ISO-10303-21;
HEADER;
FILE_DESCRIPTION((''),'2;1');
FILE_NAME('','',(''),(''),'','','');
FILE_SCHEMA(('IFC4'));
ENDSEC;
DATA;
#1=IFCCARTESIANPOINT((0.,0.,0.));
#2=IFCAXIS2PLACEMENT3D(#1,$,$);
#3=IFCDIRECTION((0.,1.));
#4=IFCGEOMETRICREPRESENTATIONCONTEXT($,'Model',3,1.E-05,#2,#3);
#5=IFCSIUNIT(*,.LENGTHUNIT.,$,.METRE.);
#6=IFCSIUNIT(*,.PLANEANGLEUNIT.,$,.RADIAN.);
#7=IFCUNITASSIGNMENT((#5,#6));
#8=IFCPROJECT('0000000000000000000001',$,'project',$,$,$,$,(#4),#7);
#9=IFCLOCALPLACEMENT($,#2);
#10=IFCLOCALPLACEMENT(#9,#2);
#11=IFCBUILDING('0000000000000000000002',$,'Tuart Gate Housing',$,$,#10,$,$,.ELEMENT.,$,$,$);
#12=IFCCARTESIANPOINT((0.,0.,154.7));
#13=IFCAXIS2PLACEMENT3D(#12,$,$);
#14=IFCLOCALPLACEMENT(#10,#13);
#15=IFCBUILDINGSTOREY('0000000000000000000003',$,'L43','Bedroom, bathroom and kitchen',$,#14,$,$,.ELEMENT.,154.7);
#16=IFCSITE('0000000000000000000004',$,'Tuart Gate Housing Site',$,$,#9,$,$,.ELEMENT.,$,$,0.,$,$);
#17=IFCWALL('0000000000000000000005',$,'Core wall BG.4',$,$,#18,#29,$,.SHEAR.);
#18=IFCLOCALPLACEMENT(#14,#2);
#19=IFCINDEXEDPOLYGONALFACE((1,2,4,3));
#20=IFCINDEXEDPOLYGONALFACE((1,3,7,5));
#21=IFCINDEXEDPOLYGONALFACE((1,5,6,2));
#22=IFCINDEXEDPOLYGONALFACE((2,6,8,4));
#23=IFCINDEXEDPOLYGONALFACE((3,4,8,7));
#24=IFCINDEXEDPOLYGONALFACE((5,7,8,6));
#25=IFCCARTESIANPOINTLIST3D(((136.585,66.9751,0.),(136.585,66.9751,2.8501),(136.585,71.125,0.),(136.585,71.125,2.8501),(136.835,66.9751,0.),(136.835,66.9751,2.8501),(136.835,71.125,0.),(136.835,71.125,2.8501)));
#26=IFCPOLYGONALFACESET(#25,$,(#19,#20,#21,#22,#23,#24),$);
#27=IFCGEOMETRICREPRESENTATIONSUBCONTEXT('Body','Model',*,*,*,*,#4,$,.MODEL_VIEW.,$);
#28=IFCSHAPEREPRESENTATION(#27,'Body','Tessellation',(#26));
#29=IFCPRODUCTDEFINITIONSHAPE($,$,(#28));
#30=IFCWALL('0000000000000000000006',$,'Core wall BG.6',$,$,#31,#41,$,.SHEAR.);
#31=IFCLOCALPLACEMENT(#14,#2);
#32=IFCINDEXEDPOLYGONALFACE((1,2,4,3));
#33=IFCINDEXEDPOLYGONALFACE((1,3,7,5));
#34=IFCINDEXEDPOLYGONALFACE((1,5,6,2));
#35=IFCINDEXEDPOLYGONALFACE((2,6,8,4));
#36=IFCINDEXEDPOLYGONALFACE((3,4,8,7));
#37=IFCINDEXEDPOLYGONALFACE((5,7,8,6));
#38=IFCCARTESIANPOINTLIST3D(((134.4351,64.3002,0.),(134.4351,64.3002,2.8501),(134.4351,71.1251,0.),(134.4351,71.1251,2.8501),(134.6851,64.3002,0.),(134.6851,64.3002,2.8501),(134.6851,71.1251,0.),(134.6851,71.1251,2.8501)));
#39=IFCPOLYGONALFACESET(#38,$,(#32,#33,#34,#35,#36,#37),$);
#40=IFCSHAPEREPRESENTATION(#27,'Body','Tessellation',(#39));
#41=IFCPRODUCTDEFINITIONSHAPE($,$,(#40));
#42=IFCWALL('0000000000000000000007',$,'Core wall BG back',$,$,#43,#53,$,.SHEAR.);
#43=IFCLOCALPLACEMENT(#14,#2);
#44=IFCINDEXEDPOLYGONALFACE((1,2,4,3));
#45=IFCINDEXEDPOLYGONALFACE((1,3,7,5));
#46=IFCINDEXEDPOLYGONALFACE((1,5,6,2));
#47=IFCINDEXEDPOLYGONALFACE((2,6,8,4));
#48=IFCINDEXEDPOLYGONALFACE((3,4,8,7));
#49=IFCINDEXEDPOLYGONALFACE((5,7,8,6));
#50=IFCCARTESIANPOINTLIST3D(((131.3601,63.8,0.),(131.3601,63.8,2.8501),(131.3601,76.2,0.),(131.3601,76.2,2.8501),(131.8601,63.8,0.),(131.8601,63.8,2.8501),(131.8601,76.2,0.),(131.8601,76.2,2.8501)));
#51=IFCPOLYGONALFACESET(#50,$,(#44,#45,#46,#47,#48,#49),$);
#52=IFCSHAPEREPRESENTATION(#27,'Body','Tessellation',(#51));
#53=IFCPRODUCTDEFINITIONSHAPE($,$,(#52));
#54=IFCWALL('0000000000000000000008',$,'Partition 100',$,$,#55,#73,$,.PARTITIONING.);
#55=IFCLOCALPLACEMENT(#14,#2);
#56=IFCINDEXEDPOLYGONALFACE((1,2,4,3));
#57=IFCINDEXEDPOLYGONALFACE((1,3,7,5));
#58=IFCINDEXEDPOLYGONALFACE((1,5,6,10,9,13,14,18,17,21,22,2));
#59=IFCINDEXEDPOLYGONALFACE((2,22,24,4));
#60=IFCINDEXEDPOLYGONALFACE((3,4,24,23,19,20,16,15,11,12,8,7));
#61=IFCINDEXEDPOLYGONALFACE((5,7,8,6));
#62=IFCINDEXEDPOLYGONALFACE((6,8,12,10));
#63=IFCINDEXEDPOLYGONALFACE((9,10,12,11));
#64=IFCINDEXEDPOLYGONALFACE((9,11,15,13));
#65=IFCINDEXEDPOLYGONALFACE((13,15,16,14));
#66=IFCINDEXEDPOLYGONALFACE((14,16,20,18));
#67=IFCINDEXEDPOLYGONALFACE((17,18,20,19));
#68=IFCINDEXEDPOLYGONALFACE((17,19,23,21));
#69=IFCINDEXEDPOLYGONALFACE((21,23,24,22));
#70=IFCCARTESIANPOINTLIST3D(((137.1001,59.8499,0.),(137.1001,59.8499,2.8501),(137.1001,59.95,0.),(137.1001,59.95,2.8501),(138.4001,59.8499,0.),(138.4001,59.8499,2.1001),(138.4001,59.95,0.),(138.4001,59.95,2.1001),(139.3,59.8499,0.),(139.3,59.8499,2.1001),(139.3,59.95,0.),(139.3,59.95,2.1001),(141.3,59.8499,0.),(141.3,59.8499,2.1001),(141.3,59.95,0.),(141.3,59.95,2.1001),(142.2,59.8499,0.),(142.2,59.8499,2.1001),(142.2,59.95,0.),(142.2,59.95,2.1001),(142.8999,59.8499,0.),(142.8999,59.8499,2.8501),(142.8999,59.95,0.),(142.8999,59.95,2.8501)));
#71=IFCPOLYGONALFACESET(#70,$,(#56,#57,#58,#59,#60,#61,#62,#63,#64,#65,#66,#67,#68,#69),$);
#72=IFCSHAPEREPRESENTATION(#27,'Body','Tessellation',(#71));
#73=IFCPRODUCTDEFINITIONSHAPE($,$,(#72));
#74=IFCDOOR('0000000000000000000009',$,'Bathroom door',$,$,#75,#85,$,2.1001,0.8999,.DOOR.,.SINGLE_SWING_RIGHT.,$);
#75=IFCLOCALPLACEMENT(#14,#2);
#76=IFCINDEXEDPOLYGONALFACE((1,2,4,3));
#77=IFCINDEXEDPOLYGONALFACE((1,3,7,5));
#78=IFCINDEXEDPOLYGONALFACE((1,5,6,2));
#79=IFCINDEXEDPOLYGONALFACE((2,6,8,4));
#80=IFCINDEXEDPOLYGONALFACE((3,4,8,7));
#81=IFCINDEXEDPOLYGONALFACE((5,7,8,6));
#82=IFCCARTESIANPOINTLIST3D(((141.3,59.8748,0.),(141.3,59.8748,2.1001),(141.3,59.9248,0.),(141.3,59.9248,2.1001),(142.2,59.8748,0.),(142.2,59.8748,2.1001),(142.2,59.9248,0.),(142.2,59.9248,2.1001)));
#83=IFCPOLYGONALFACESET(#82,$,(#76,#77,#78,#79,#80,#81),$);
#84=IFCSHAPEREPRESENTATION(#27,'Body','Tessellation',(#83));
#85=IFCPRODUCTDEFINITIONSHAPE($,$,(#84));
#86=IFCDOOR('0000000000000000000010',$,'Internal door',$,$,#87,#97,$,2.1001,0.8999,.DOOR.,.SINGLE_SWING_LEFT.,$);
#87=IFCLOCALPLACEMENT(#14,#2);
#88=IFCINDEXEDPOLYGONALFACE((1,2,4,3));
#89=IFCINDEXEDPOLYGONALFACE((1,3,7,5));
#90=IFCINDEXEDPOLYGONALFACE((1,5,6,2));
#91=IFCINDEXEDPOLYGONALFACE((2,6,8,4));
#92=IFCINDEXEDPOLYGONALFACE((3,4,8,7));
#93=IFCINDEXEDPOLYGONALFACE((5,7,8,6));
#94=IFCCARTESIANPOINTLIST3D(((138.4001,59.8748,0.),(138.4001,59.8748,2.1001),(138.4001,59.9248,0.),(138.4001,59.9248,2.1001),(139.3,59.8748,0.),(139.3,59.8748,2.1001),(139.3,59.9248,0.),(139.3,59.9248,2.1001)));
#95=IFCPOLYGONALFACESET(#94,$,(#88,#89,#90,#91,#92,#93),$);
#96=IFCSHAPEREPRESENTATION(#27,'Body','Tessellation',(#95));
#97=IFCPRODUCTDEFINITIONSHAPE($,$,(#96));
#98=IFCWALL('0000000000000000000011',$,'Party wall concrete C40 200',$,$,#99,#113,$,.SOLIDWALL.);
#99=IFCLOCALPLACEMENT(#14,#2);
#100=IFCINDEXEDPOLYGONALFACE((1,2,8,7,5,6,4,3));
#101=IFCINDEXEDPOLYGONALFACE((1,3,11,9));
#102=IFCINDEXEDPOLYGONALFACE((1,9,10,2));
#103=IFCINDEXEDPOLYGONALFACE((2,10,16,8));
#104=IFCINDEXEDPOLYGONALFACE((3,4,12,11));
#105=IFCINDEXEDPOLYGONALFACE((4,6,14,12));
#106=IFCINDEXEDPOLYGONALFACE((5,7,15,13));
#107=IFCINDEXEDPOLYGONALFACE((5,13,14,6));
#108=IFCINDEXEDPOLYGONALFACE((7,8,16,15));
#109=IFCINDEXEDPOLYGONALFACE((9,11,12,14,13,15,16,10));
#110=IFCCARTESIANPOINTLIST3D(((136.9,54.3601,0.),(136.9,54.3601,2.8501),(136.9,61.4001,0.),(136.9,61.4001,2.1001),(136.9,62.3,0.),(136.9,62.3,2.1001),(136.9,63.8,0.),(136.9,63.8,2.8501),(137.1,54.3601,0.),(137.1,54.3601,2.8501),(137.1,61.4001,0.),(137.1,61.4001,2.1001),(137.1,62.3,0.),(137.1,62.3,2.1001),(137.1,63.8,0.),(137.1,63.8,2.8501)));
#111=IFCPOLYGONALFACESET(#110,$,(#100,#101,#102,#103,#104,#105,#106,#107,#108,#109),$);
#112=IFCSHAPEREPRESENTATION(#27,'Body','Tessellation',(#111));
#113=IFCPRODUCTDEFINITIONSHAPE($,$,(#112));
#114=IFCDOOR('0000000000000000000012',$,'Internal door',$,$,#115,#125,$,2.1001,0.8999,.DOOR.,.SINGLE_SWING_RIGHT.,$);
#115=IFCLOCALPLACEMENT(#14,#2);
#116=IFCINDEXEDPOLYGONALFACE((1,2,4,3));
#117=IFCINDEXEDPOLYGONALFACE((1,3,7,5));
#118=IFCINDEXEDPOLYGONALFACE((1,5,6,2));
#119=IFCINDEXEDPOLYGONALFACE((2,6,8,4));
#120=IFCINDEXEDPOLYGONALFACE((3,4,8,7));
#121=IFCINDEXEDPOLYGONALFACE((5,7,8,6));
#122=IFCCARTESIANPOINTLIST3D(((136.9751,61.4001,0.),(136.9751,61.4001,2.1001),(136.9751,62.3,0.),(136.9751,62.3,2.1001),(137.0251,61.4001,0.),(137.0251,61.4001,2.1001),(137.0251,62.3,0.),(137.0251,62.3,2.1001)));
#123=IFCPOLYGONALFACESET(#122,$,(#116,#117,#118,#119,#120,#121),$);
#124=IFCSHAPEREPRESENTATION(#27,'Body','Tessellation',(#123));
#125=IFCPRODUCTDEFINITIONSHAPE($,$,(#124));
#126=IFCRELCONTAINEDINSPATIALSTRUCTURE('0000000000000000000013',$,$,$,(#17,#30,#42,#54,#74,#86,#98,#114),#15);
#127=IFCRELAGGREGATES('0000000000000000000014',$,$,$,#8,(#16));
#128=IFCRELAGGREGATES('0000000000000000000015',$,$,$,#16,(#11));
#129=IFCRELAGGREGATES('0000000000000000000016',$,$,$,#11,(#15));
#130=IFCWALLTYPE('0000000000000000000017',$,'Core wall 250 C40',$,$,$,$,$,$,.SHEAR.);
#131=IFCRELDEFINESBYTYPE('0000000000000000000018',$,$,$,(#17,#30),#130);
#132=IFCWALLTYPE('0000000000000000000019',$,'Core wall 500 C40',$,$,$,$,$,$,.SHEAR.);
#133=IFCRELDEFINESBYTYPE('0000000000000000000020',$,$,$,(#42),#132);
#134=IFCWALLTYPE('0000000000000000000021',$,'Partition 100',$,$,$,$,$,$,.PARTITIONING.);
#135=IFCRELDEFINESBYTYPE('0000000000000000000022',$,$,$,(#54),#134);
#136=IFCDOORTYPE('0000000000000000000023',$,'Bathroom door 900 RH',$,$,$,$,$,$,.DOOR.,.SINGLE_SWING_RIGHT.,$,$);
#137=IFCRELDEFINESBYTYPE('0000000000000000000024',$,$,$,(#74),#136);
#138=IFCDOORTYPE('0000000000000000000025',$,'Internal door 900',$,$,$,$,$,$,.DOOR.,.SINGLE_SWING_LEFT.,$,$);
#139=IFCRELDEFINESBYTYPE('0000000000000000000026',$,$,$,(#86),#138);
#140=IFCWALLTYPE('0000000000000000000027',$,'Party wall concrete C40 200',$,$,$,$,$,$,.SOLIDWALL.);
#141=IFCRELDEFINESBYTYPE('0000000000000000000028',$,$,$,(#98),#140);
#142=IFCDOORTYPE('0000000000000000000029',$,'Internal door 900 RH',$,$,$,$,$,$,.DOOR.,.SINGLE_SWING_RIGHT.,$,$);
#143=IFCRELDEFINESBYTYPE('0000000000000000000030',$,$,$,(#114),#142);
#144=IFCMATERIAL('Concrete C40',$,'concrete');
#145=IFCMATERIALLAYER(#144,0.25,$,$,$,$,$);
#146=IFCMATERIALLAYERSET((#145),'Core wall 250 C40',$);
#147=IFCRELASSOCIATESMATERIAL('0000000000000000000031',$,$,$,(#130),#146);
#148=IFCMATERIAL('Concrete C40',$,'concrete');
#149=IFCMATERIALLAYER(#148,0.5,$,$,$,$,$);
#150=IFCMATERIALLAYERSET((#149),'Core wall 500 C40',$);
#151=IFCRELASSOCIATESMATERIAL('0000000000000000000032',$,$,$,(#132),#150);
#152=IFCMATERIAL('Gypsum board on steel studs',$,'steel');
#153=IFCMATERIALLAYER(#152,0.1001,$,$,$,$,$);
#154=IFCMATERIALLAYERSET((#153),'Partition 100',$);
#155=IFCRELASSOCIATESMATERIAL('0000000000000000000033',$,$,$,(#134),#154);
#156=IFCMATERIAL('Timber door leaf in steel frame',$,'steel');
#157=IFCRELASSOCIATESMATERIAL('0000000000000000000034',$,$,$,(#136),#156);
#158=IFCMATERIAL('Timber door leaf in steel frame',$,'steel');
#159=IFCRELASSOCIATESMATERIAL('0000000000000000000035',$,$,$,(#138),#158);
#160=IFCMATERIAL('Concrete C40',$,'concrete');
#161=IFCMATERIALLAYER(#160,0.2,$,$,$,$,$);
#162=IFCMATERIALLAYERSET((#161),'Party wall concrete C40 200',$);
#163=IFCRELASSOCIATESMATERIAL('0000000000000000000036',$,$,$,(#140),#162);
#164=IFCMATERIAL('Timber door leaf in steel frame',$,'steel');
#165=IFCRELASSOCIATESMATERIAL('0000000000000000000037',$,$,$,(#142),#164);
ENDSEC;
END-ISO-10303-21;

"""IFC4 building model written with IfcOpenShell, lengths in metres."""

from ifc_helpers import new_model, si_unit, direction, frame, frame_2d, origin, place, context, subcontext, project, spatial, rectangle, extrude, material, layer, layer_set, type_object, element, fill, save


model = new_model("IFC4")

# Units and contexts
model_context = context("Model", 3, precision=1e-05, world=origin(), true_north=direction((0.0, 1.0)))
body_context = subcontext(model_context, "Body", "Model", "MODEL_VIEW")
ifc_project = project(units=[si_unit("LENGTHUNIT", "METRE"), si_unit("PLANEANGLEUNIT", "RADIAN")], contexts=[model_context])

# Site, building, storey
site_placement = place(None, origin())
site = spatial("IfcSite", under=ifc_project, at=site_placement, Name="Tuart Gate Housing Site", CompositionType="ELEMENT", RefElevation=0.0)
building_placement = place(site_placement, origin())
building = spatial("IfcBuilding", under=site, at=building_placement, Name="Tuart Gate Housing", CompositionType="ELEMENT")
storey_placement = place(building_placement, frame((0.0, 0.0, 154.7)))
storey = spatial("IfcBuildingStorey", under=building, at=storey_placement, Name="L43", Description="Bedroom, bathroom and kitchen", CompositionType="ELEMENT", Elevation=154.7)

# Walls
ifc_material_1 = material(Name="Concrete C40", Category="concrete")
ifc_layer_1 = layer(ifc_material_1, 0.25)
ifc_layer_set_1 = layer_set([ifc_layer_1], Name="Core wall 250 C40")
wall_type_1 = type_object("IfcWallType", Name="Core wall 250 C40", PredefinedType="SHEAR", material=ifc_layer_set_1)
wall_1_placement = place(storey_placement, frame((136.71, 66.9751, 0.0), z_axis=(0.0, 0.0, 1.0), x_axis=(0.0, 1.0, 0.0)))
element("IfcWall", 1, at=wall_1_placement, inside=storey, type_object=wall_type_1, Name="Core wall BG.4", PredefinedType="SHEAR", context=body_context, shape_type="SweptSolid", body=[
    extrude(rectangle(XDim=4.1499, YDim=0.25, at=frame_2d((2.075, 0.0))), origin(), (0.0, 0.0, 1.0), 2.8501),
])
wall_2_placement = place(storey_placement, frame((134.5601, 64.3, 0.0), z_axis=(0.0, 0.0, 1.0), x_axis=(0.0, 1.0, 0.0)))
element("IfcWall", 2, at=wall_2_placement, inside=storey, type_object=wall_type_1, Name="Core wall BG.6", PredefinedType="SHEAR", context=body_context, shape_type="SweptSolid", body=[
    extrude(rectangle(XDim=6.825, YDim=0.25, at=frame_2d((3.4126, 0.0))), origin(), (0.0, 0.0, 1.0), 2.8501),
])
ifc_material_2 = material(Name="Concrete C40", Category="concrete")
ifc_layer_2 = layer(ifc_material_2, 0.5)
ifc_layer_set_2 = layer_set([ifc_layer_2], Name="Core wall 500 C40")
wall_type_2 = type_object("IfcWallType", Name="Core wall 500 C40", PredefinedType="SHEAR", material=ifc_layer_set_2)
wall_3_placement = place(storey_placement, frame((131.6101, 63.8, 0.0), z_axis=(0.0, 0.0, 1.0), x_axis=(0.0, 1.0, 0.0)))
element("IfcWall", 3, at=wall_3_placement, inside=storey, type_object=wall_type_2, Name="Core wall BG back", PredefinedType="SHEAR", context=body_context, shape_type="SweptSolid", body=[
    extrude(rectangle(XDim=12.3999, YDim=0.5, at=frame_2d((6.2, 0.0))), origin(), (0.0, 0.0, 1.0), 2.8501),
])

# Wall, openings, doors
ifc_material_3 = material(Name="Gypsum board on steel studs", Category="steel")
ifc_layer_3 = layer(ifc_material_3, 0.1001)
ifc_layer_set_3 = layer_set([ifc_layer_3], Name="Partition 100")
wall_type_3 = type_object("IfcWallType", Name="Partition 100", PredefinedType="PARTITIONING", material=ifc_layer_set_3)
wall_4_placement = place(storey_placement, frame((137.1001, 59.8999, 0.0), z_axis=(0.0, 0.0, 1.0), x_axis=(1.0, 0.0, 0.0)))
wall_4 = element("IfcWall", 4, at=wall_4_placement, inside=storey, type_object=wall_type_3, Name="Partition 100", PredefinedType="PARTITIONING", context=body_context, shape_type="SweptSolid", body=[
    extrude(rectangle(XDim=5.7998, YDim=0.1001, at=frame_2d((2.8999, 0.0))), origin(), (0.0, 0.0, 1.0), 2.8501),
])
opening_1_placement = place(wall_4_placement, frame((1.3, 0.0, 0.0)))
opening_1 = element("IfcOpeningElement", 5, at=opening_1_placement, cuts=wall_4, PredefinedType="OPENING", context=body_context, shape_type="SweptSolid", body=[
    extrude(rectangle(XDim=0.8999, YDim=2.1001, at=frame_2d((0.45, 1.05))), frame((0.0, 0.0601, 0.0), z_axis=(0.0, -1.0, 0.0), x_axis=(1.0, 0.0, 0.0)), (0.0, 0.0, 1.0), 0.1201),
])
opening_2_placement = place(wall_4_placement, frame((4.2, 0.0, 0.0)))
opening_2 = element("IfcOpeningElement", 6, at=opening_2_placement, cuts=wall_4, PredefinedType="OPENING", context=body_context, shape_type="SweptSolid", body=[
    extrude(rectangle(XDim=0.8999, YDim=2.1001, at=frame_2d((0.45, 1.05))), frame((0.0, 0.0601, 0.0), z_axis=(0.0, -1.0, 0.0), x_axis=(1.0, 0.0, 0.0)), (0.0, 0.0, 1.0), 0.1201),
])
ifc_material_4 = material(Name="Timber door leaf in steel frame", Category="steel")
door_type_1 = type_object("IfcDoorType", Name="Bathroom door 900 RH", OperationType="SINGLE_SWING_RIGHT", PredefinedType="DOOR", material=ifc_material_4)
door_1_placement = place(opening_2_placement, frame((0.8999, 0.0, 0.0), z_axis=(0.0, 0.0, 1.0), x_axis=(-1.0, 0.0, 0.0)))
door_1 = element("IfcDoor", 7, at=door_1_placement, inside=storey, type_object=door_type_1, Name="Bathroom door", OperationType="SINGLE_SWING_RIGHT", OverallHeight=2.1001, OverallWidth=0.8999, PredefinedType="DOOR", context=body_context, shape_type="SweptSolid", body=[
    extrude(rectangle(XDim=0.8999, YDim=2.1001, at=frame_2d((0.45, 1.05))), frame((0.0, 0.0251, 0.0), z_axis=(0.0, -1.0, 0.0), x_axis=(1.0, 0.0, 0.0)), (0.0, 0.0, 1.0), 0.05),
])
fill(opening_2, door_1)
ifc_material_5 = material(Name="Timber door leaf in steel frame", Category="steel")
door_type_2 = type_object("IfcDoorType", Name="Internal door 900", OperationType="SINGLE_SWING_LEFT", PredefinedType="DOOR", material=ifc_material_5)
door_2_placement = place(opening_1_placement, frame((0.8999, 0.0, 0.0), z_axis=(0.0, 0.0, 1.0), x_axis=(-1.0, 0.0, 0.0)))
door_2 = element("IfcDoor", 8, at=door_2_placement, inside=storey, type_object=door_type_2, Name="Internal door", OperationType="SINGLE_SWING_LEFT", OverallHeight=2.1001, OverallWidth=0.8999, PredefinedType="DOOR", context=body_context, shape_type="SweptSolid", body=[
    extrude(rectangle(XDim=0.8999, YDim=2.1001, at=frame_2d((0.45, 1.05))), frame((0.0, 0.0251, 0.0), z_axis=(0.0, -1.0, 0.0), x_axis=(1.0, 0.0, 0.0)), (0.0, 0.0, 1.0), 0.05),
])
fill(opening_1, door_2)

# Wall, opening, door
ifc_material_6 = material(Name="Concrete C40", Category="concrete")
ifc_layer_4 = layer(ifc_material_6, 0.2)
ifc_layer_set_4 = layer_set([ifc_layer_4], Name="Party wall concrete C40 200")
wall_type_4 = type_object("IfcWallType", Name="Party wall concrete C40 200", PredefinedType="SOLIDWALL", material=ifc_layer_set_4)
wall_5_placement = place(storey_placement, frame((137.0, 54.3601, 0.0), z_axis=(0.0, 0.0, 1.0), x_axis=(0.0, 1.0, 0.0)))
wall_5 = element("IfcWall", 9, at=wall_5_placement, inside=storey, type_object=wall_type_4, Name="Party wall concrete C40 200", PredefinedType="SOLIDWALL", context=body_context, shape_type="SweptSolid", body=[
    extrude(rectangle(XDim=9.4399, YDim=0.2, at=frame_2d((4.72, 0.0))), origin(), (0.0, 0.0, 1.0), 2.8501),
])
opening_3_placement = place(wall_5_placement, frame((7.04, 0.0, 0.0)))
opening_3 = element("IfcOpeningElement", 10, at=opening_3_placement, cuts=wall_5, PredefinedType="OPENING", context=body_context, shape_type="SweptSolid", body=[
    extrude(rectangle(XDim=0.8999, YDim=2.1001, at=frame_2d((0.45, 1.05))), frame((0.0, 0.1099, 0.0), z_axis=(0.0, -1.0, 0.0), x_axis=(1.0, 0.0, 0.0)), (0.0, 0.0, 1.0), 0.22),
])
ifc_material_7 = material(Name="Timber door leaf in steel frame", Category="steel")
door_type_3 = type_object("IfcDoorType", Name="Internal door 900 RH", OperationType="SINGLE_SWING_RIGHT", PredefinedType="DOOR", material=ifc_material_7)
door_3_placement = place(opening_3_placement, frame((0.8999, 0.0, 0.0), z_axis=(0.0, 0.0, 1.0), x_axis=(-1.0, 0.0, 0.0)))
door_3 = element("IfcDoor", 11, at=door_3_placement, inside=storey, type_object=door_type_3, Name="Internal door", OperationType="SINGLE_SWING_RIGHT", OverallHeight=2.1001, OverallWidth=0.8999, PredefinedType="DOOR", context=body_context, shape_type="SweptSolid", body=[
    extrude(rectangle(XDim=0.8999, YDim=2.1001, at=frame_2d((0.45, 1.05))), frame((0.0, 0.0251, 0.0), z_axis=(0.0, -1.0, 0.0), x_axis=(1.0, 0.0, 0.0)), (0.0, 0.0, 1.0), 0.05),
])
fill(opening_3, door_3)

save(model, "model.ifc")
